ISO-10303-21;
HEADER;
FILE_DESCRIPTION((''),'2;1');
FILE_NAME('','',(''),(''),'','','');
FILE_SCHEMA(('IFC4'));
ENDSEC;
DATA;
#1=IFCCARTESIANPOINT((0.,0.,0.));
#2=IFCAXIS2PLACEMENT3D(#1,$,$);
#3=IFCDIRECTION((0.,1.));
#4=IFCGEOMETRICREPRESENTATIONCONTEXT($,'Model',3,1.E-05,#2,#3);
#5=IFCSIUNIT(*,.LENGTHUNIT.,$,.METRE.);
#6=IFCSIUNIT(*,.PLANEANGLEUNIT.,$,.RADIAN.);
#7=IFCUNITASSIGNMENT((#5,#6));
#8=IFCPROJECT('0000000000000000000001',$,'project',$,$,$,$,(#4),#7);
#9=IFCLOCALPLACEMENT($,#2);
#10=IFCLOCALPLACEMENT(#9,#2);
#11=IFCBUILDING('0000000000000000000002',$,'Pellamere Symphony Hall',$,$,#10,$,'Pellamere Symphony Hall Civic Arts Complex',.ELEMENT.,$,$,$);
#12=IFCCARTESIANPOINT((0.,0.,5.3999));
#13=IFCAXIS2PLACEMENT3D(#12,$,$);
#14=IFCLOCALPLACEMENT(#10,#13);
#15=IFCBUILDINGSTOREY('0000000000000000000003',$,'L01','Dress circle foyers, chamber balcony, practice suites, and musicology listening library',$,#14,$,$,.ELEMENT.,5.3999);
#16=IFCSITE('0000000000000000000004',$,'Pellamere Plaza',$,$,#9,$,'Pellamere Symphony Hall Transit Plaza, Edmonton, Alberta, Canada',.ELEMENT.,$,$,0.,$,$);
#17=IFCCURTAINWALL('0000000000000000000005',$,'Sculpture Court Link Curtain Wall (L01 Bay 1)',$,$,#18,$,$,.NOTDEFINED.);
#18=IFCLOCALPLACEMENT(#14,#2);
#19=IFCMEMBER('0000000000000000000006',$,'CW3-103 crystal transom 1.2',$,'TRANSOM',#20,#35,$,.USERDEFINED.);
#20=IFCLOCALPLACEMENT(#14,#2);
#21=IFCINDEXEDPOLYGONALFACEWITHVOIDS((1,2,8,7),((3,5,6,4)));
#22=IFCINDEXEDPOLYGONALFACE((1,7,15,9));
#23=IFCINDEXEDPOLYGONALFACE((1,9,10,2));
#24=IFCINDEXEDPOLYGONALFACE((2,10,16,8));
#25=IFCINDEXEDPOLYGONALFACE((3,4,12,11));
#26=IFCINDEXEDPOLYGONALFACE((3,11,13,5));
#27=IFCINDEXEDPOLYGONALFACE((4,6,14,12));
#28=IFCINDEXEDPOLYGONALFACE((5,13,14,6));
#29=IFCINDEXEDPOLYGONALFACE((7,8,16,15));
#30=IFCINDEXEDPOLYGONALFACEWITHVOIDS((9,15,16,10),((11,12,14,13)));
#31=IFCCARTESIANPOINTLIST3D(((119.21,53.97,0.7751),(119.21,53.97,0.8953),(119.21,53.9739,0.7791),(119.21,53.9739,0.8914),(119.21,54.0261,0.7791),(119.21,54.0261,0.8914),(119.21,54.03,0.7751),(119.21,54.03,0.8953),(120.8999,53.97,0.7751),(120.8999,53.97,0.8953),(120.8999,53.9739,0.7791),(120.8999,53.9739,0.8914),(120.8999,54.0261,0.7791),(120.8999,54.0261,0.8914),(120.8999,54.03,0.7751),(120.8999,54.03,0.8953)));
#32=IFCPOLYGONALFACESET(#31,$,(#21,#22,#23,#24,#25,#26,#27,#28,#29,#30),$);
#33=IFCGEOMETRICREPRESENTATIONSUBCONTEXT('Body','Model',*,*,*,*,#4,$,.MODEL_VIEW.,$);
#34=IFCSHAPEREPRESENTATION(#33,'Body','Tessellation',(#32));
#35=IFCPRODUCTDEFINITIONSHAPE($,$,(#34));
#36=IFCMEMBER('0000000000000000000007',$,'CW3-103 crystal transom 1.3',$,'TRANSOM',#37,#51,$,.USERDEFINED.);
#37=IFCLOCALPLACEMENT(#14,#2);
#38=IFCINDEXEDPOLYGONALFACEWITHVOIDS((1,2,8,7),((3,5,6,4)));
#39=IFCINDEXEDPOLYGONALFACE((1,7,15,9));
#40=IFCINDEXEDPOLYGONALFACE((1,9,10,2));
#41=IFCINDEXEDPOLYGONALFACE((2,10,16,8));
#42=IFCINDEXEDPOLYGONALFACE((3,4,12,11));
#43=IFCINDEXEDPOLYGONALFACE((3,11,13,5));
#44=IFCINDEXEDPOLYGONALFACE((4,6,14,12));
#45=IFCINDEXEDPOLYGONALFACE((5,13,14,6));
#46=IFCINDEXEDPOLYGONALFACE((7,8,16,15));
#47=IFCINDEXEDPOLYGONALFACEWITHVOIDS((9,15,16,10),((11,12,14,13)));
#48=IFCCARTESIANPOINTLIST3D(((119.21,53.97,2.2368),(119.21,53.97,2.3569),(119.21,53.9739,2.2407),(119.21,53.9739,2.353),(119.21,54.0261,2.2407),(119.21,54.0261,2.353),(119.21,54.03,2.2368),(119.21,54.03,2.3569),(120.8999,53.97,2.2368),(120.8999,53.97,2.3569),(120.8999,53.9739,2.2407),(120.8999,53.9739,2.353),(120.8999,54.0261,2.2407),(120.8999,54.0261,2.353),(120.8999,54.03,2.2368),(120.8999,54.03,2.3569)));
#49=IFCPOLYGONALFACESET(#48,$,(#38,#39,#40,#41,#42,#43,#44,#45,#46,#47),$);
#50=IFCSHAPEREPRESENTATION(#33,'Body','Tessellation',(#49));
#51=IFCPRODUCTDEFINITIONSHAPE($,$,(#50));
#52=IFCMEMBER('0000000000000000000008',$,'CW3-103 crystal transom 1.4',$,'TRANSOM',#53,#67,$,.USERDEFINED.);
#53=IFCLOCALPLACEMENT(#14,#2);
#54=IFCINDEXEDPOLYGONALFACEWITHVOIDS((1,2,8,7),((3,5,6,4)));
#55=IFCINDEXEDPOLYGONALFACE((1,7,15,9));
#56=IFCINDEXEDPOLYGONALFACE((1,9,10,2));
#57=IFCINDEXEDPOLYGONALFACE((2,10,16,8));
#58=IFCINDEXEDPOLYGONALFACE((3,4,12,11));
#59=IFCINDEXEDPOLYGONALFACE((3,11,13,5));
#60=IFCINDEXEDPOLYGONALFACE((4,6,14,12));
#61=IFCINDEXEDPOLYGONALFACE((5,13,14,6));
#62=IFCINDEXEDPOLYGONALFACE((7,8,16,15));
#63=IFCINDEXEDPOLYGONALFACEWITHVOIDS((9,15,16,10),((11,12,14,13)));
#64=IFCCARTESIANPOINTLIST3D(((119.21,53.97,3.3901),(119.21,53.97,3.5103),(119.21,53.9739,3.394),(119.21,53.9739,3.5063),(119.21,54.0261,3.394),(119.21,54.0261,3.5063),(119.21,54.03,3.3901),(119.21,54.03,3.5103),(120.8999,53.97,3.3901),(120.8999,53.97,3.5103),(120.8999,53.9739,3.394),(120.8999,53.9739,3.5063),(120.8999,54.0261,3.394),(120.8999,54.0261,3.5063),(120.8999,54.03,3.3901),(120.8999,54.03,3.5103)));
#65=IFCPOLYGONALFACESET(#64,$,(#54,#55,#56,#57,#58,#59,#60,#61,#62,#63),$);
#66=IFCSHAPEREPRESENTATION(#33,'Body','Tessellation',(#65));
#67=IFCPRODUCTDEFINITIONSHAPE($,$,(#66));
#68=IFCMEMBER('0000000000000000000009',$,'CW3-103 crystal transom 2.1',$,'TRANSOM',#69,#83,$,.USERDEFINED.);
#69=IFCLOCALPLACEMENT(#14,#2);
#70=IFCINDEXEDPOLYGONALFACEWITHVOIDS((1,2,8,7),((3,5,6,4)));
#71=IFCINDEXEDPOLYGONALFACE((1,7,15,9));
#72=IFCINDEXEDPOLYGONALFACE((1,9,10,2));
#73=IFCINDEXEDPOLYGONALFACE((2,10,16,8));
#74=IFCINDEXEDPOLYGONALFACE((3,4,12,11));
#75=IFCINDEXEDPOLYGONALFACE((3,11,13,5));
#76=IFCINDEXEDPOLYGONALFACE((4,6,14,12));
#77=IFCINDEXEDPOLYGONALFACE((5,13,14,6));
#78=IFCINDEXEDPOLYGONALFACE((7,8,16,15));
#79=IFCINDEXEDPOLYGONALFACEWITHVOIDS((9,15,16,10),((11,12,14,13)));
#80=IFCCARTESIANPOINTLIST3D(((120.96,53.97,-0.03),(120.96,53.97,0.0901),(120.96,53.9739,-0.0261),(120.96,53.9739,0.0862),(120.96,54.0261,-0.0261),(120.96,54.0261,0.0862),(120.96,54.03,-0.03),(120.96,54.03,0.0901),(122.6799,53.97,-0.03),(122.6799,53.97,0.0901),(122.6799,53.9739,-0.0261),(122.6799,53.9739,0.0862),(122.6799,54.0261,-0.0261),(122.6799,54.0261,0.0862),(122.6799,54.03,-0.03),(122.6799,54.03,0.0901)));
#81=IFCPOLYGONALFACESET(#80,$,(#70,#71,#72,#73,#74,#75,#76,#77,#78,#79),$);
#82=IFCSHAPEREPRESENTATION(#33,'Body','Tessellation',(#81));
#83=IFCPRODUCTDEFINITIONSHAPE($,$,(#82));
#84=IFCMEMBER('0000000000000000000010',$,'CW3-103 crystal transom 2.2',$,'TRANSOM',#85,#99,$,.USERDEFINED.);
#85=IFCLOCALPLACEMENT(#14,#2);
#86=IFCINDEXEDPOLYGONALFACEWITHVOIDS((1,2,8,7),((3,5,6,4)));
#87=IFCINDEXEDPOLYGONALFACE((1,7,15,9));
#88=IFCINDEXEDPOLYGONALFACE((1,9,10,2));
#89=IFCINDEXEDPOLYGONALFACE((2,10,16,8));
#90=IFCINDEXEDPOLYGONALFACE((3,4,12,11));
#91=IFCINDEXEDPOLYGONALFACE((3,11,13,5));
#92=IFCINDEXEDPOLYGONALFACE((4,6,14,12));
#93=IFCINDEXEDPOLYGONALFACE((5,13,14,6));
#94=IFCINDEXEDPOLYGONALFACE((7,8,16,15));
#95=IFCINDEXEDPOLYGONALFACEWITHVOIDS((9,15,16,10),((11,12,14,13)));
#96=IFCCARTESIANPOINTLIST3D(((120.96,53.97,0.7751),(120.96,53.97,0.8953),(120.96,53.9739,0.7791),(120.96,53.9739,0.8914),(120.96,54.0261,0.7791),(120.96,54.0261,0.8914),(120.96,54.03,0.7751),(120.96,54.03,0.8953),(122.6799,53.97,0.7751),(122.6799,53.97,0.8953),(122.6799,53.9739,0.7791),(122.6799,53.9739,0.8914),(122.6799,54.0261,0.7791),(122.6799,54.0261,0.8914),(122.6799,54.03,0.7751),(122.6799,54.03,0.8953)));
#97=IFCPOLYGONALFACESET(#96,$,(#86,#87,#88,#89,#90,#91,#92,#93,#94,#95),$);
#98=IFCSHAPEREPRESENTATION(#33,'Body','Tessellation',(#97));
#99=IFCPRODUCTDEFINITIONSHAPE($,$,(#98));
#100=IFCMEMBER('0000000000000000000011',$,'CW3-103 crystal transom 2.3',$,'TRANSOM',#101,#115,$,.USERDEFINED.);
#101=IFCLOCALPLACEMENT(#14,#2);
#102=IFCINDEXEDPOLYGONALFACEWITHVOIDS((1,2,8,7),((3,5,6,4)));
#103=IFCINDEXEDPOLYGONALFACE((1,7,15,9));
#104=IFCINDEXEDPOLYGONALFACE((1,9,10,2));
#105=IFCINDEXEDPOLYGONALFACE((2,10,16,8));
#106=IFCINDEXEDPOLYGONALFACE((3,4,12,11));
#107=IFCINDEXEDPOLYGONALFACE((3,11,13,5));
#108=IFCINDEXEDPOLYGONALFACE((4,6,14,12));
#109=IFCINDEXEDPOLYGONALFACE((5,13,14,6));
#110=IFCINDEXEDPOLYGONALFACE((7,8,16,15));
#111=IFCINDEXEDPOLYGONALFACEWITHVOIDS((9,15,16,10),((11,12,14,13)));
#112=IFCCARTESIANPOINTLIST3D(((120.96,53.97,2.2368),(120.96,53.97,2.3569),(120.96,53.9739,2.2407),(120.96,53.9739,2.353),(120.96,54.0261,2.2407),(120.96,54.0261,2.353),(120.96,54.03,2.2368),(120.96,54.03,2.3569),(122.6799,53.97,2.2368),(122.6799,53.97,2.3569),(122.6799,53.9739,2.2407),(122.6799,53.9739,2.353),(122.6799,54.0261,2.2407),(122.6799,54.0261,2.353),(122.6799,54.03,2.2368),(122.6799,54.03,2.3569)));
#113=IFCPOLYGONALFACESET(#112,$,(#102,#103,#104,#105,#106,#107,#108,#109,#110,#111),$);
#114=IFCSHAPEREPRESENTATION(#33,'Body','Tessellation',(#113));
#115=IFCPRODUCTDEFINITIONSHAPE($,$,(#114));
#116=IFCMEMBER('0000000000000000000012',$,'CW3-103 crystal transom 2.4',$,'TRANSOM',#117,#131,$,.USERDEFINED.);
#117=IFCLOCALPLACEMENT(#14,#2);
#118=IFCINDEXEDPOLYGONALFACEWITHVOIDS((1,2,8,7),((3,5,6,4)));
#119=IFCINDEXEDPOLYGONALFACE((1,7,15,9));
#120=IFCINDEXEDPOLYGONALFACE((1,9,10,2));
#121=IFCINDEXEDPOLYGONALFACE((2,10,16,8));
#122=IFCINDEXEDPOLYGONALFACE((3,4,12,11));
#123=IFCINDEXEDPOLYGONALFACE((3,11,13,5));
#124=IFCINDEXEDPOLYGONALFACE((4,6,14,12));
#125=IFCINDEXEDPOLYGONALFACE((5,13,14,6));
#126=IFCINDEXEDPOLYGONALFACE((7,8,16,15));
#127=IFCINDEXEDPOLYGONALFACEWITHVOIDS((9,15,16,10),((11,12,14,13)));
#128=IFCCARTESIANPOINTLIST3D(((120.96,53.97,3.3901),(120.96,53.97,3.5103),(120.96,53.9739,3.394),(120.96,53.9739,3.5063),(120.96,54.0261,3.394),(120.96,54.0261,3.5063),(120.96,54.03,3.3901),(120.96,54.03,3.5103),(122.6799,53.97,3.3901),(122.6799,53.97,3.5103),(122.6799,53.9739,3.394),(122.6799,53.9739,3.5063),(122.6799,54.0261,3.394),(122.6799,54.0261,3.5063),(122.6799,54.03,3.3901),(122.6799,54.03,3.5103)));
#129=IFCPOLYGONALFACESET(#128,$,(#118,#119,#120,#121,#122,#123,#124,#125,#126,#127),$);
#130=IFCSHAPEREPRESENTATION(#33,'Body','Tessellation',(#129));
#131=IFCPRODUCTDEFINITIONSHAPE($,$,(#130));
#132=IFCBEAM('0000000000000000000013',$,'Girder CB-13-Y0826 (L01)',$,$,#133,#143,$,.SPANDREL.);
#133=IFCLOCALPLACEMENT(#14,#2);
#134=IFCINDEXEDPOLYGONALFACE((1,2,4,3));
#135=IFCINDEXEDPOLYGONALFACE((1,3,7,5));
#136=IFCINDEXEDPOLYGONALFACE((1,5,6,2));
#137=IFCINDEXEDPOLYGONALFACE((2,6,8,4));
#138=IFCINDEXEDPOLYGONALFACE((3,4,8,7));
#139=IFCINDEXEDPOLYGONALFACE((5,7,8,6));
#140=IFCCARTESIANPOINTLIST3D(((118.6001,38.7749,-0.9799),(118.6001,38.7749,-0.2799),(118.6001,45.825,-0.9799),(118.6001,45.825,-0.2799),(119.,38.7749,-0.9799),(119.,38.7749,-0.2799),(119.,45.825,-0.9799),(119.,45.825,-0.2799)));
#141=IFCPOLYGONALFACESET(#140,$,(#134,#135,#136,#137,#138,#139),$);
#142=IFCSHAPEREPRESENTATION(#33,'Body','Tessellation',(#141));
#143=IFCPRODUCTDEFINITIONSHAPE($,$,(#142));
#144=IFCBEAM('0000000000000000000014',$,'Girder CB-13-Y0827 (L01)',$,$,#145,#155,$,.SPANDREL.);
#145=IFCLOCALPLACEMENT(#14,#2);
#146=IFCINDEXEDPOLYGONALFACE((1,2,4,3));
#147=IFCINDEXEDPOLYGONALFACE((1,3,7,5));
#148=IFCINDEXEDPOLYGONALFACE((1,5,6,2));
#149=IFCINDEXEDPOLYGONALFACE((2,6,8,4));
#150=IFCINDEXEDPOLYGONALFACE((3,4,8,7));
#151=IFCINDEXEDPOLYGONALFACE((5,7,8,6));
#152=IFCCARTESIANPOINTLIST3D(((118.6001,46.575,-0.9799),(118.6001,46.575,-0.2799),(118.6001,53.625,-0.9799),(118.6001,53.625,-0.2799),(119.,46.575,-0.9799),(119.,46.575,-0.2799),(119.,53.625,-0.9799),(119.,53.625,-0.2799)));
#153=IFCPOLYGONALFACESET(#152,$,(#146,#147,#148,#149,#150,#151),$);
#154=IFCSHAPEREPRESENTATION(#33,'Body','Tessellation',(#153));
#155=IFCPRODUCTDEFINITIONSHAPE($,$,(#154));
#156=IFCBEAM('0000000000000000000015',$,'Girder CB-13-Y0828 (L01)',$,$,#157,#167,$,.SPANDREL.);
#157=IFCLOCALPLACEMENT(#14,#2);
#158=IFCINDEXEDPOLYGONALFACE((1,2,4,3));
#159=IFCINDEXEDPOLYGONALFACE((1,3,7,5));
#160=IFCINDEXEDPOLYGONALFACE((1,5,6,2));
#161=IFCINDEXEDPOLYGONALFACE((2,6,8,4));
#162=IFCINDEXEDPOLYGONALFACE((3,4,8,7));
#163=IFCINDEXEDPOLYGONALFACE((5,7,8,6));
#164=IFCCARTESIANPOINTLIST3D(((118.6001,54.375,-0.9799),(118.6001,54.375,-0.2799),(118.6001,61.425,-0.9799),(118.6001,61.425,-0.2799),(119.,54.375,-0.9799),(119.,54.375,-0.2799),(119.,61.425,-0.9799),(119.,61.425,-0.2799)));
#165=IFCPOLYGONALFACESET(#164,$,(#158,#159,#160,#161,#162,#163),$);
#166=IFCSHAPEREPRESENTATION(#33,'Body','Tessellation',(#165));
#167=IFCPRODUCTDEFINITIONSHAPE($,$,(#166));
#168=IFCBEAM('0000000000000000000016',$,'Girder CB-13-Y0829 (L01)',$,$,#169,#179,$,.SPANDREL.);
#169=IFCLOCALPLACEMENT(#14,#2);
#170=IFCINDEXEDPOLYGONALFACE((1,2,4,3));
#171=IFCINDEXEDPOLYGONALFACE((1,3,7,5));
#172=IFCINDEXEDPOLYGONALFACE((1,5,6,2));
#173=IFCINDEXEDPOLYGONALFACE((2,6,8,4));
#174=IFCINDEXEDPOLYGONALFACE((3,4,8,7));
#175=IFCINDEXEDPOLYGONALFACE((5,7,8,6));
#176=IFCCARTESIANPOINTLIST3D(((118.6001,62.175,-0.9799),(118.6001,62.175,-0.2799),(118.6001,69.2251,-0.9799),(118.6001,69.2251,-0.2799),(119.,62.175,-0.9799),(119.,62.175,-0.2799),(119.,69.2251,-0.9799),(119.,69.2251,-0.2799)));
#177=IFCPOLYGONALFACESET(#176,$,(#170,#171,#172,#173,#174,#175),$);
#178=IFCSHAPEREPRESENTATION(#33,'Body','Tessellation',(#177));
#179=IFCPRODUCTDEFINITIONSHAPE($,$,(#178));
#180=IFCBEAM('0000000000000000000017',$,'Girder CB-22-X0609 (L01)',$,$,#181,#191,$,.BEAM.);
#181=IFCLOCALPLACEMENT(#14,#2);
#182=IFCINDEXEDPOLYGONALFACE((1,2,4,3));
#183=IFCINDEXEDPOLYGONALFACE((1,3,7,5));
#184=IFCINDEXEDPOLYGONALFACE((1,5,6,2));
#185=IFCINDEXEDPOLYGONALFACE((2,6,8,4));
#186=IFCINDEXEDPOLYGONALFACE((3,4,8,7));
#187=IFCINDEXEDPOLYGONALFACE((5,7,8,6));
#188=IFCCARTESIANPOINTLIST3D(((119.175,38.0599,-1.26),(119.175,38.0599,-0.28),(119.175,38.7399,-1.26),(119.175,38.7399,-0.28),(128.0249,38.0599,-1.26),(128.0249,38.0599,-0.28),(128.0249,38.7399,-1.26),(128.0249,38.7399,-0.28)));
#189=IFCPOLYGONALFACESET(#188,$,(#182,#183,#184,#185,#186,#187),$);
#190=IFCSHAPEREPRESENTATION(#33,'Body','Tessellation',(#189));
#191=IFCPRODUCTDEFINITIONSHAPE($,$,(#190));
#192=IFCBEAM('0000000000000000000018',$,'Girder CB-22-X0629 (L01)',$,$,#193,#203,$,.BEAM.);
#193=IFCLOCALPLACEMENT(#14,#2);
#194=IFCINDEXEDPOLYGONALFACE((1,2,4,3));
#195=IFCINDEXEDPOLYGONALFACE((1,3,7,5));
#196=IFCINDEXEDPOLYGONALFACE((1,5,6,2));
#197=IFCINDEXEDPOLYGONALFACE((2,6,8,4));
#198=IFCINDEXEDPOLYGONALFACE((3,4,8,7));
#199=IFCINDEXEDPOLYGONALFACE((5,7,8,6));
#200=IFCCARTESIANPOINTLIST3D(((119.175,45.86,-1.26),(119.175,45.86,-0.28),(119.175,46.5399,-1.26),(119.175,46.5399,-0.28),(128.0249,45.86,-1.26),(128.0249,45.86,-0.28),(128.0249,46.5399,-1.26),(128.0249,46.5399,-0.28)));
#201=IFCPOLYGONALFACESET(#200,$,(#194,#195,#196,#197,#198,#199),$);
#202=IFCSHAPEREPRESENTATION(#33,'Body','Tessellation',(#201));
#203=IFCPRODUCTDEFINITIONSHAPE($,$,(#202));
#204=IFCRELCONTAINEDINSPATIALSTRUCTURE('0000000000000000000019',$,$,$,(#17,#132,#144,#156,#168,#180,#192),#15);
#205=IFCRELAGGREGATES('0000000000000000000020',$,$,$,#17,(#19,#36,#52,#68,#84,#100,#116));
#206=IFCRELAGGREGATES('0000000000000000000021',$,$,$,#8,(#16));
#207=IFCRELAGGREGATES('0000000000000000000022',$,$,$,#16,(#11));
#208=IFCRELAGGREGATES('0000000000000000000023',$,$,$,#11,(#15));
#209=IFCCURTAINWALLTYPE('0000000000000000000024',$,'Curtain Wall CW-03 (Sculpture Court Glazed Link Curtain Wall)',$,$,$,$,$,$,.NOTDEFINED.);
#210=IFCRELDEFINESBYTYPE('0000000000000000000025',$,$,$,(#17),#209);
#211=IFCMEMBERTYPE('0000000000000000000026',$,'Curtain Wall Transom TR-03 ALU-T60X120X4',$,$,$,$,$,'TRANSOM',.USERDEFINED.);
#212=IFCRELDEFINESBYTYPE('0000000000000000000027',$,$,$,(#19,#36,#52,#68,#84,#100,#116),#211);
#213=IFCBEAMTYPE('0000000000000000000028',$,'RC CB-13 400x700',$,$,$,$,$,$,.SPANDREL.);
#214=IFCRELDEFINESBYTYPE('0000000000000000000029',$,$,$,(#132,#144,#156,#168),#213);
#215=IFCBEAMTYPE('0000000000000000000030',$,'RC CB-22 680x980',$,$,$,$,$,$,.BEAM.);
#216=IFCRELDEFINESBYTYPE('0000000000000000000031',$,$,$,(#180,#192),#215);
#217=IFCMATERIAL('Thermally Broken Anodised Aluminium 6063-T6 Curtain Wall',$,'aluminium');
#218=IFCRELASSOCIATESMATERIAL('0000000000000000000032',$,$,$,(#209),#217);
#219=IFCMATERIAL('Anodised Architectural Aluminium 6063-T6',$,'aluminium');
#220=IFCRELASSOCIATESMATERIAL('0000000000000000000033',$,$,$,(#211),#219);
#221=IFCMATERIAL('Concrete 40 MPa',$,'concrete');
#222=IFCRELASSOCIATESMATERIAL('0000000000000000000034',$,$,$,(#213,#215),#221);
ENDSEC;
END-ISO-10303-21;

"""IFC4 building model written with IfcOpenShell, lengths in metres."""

from ifc_helpers import new_model, si_unit, direction, frame, origin, origin_2d, place, context, subcontext, project, spatial, rectangle, hollow_rectangle, extrude, material, material_profile, profile_set, type_object, element, aggregate, save


model = new_model("IFC4")

# Units and contexts
model_context = context("Model", 3, precision=1e-05, world=origin(), true_north=direction((0.0, 1.0)))
body_context = subcontext(model_context, "Body", "Model", "MODEL_VIEW")
ifc_project = project(units=[si_unit("LENGTHUNIT", "METRE"), si_unit("PLANEANGLEUNIT", "RADIAN")], contexts=[model_context])

# Site, building, storey
site_placement = place(None, origin())
site = spatial("IfcSite", under=ifc_project, at=site_placement, Name="Pellamere Plaza", LongName="Pellamere Symphony Hall Transit Plaza, Edmonton, Alberta, Canada", CompositionType="ELEMENT", RefElevation=0.0)
building_placement = place(site_placement, origin())
building = spatial("IfcBuilding", under=site, at=building_placement, Name="Pellamere Symphony Hall", LongName="Pellamere Symphony Hall Civic Arts Complex", CompositionType="ELEMENT")
storey_placement = place(building_placement, frame((0.0, 0.0, 5.3999)))
storey = spatial("IfcBuildingStorey", under=building, at=storey_placement, Name="L01", Description="Dress circle foyers, chamber balcony, practice suites, and musicology listening library", CompositionType="ELEMENT", Elevation=5.3999)

# Shared definitions
ifc_material_1 = material(Name="Concrete 40 MPa", Category="concrete")

# Shared definitions
ifc_material_2 = material(Name="Thermally Broken Anodised Aluminium 6063-T6 Curtain Wall", Category="aluminium")
ifc_material_3 = material(Name="Anodised Architectural Aluminium 6063-T6", Category="aluminium")

# Curtain wall
curtain_wall_type_1 = type_object("IfcCurtainWallType", Name="Curtain Wall CW-03 (Sculpture Court Glazed Link Curtain Wall)", PredefinedType="NOTDEFINED", material=ifc_material_2)
curtain_wall_1_placement = place(storey_placement, origin())
curtain_wall_1 = element("IfcCurtainWall", 1, at=curtain_wall_1_placement, inside=storey, type_object=curtain_wall_type_1, Name="Sculpture Court Link Curtain Wall (L01 Bay 1)", PredefinedType="NOTDEFINED")

# Members
ifc_material_profile_1 = material_profile(ifc_material_3, hollow_rectangle(XDim=0.0601, YDim=0.1201, WallThickness=0.0039, at=origin_2d()), Name="ALU-T60X120X4")
ifc_profile_set_1 = profile_set([ifc_material_profile_1], Name="Anodised Architectural Aluminium 6063-T6")
member_type_1 = type_object("IfcMemberType", Name="Curtain Wall Transom TR-03 ALU-T60X120X4", ElementType="TRANSOM", PredefinedType="USERDEFINED", material=ifc_profile_set_1)
member_1_placement = place(storey_placement, frame((119.21, 54.0, 0.8352), z_axis=(1.0, 0.0, 0.0), x_axis=(0.0, 1.0, 0.0)))
member_1 = element("IfcMember", 2, at=member_1_placement, type_object=member_type_1, Name="CW3-103 crystal transom 1.2", ObjectType="TRANSOM", PredefinedType="USERDEFINED", context=body_context, shape_type="SweptSolid", body=[
    extrude(hollow_rectangle(XDim=0.0601, YDim=0.1201, WallThickness=0.0039, at=origin_2d()), origin(), (0.0, 0.0, 1.0), 1.6899),
])
member_2_placement = place(storey_placement, frame((119.21, 54.0, 2.2969), z_axis=(1.0, 0.0, 0.0), x_axis=(0.0, 1.0, 0.0)))
member_2 = element("IfcMember", 3, at=member_2_placement, type_object=member_type_1, Name="CW3-103 crystal transom 1.3", ObjectType="TRANSOM", PredefinedType="USERDEFINED", context=body_context, shape_type="SweptSolid", body=[
    extrude(hollow_rectangle(XDim=0.0601, YDim=0.1201, WallThickness=0.0039, at=origin_2d()), origin(), (0.0, 0.0, 1.0), 1.6899),
])
member_3_placement = place(storey_placement, frame((119.21, 54.0, 3.4502), z_axis=(1.0, 0.0, 0.0), x_axis=(0.0, 1.0, 0.0)))
member_3 = element("IfcMember", 4, at=member_3_placement, type_object=member_type_1, Name="CW3-103 crystal transom 1.4", ObjectType="TRANSOM", PredefinedType="USERDEFINED", context=body_context, shape_type="SweptSolid", body=[
    extrude(hollow_rectangle(XDim=0.0601, YDim=0.1201, WallThickness=0.0039, at=origin_2d()), origin(), (0.0, 0.0, 1.0), 1.6899),
])
member_4_placement = place(storey_placement, frame((120.96, 54.0, 0.03), z_axis=(1.0, 0.0, 0.0), x_axis=(0.0, 1.0, 0.0)))
member_4 = element("IfcMember", 5, at=member_4_placement, type_object=member_type_1, Name="CW3-103 crystal transom 2.1", ObjectType="TRANSOM", PredefinedType="USERDEFINED", context=body_context, shape_type="SweptSolid", body=[
    extrude(hollow_rectangle(XDim=0.0601, YDim=0.1201, WallThickness=0.0039, at=origin_2d()), origin(), (0.0, 0.0, 1.0), 1.72),
])
member_5_placement = place(storey_placement, frame((120.96, 54.0, 0.8352), z_axis=(1.0, 0.0, 0.0), x_axis=(0.0, 1.0, 0.0)))
member_5 = element("IfcMember", 6, at=member_5_placement, type_object=member_type_1, Name="CW3-103 crystal transom 2.2", ObjectType="TRANSOM", PredefinedType="USERDEFINED", context=body_context, shape_type="SweptSolid", body=[
    extrude(hollow_rectangle(XDim=0.0601, YDim=0.1201, WallThickness=0.0039, at=origin_2d()), origin(), (0.0, 0.0, 1.0), 1.72),
])
member_6_placement = place(storey_placement, frame((120.96, 54.0, 2.2969), z_axis=(1.0, 0.0, 0.0), x_axis=(0.0, 1.0, 0.0)))
member_6 = element("IfcMember", 7, at=member_6_placement, type_object=member_type_1, Name="CW3-103 crystal transom 2.3", ObjectType="TRANSOM", PredefinedType="USERDEFINED", context=body_context, shape_type="SweptSolid", body=[
    extrude(hollow_rectangle(XDim=0.0601, YDim=0.1201, WallThickness=0.0039, at=origin_2d()), origin(), (0.0, 0.0, 1.0), 1.72),
])
member_7_placement = place(storey_placement, frame((120.96, 54.0, 3.4502), z_axis=(1.0, 0.0, 0.0), x_axis=(0.0, 1.0, 0.0)))
member_7 = element("IfcMember", 8, at=member_7_placement, type_object=member_type_1, Name="CW3-103 crystal transom 2.4", ObjectType="TRANSOM", PredefinedType="USERDEFINED", context=body_context, shape_type="SweptSolid", body=[
    extrude(hollow_rectangle(XDim=0.0601, YDim=0.1201, WallThickness=0.0039, at=origin_2d()), origin(), (0.0, 0.0, 1.0), 1.72),
])

# Beams
ifc_material_profile_2 = material_profile(ifc_material_1, rectangle(XDim=0.3999, YDim=0.7, at=origin_2d()), Name="RC 400x700")
ifc_profile_set_2 = profile_set([ifc_material_profile_2], Name="Concrete 40 MPa")
beam_type_1 = type_object("IfcBeamType", Name="RC CB-13 400x700", PredefinedType="SPANDREL", material=ifc_profile_set_2)
for number, where, z_axis, x_axis, name in (
    (9, (118.8, 38.7749, -0.6299), (0.0, 1.0, 0.0), (-1.0, 0.0, 0.0), "Girder CB-13-Y0826 (L01)"),
    (10, (118.8, 46.575, -0.6299), (0.0, 1.0, 0.0), (-1.0, 0.0, 0.0), "Girder CB-13-Y0827 (L01)"),
    (11, (118.8, 54.375, -0.6299), (0.0, 1.0, 0.0), (-1.0, 0.0, 0.0), "Girder CB-13-Y0828 (L01)"),
    (12, (118.8, 62.175, -0.6299), (0.0, 1.0, 0.0), (-1.0, 0.0, 0.0), "Girder CB-13-Y0829 (L01)"),
):
    element("IfcBeam", number, at=place(storey_placement, frame(where, z_axis=z_axis, x_axis=x_axis)), inside=storey, type_object=beam_type_1, Name=name, PredefinedType="SPANDREL", context=body_context, shape_type="SweptSolid", body=[
        extrude(rectangle(XDim=0.3999, YDim=0.7, at=origin_2d()), origin(), (0.0, 0.0, 1.0), 7.05),
    ])
ifc_material_profile_3 = material_profile(ifc_material_1, rectangle(XDim=0.6799, YDim=0.98, at=origin_2d()), Name="RC 680x980")
ifc_profile_set_3 = profile_set([ifc_material_profile_3], Name="Concrete 40 MPa")
beam_type_2 = type_object("IfcBeamType", Name="RC CB-22 680x980", PredefinedType="BEAM", material=ifc_profile_set_3)
for number, where, z_axis, x_axis, name in (
    (13, (119.175, 38.3999, -0.77), (1.0, 0.0, 0.0), (0.0, 1.0, 0.0), "Girder CB-22-X0609 (L01)"),
    (14, (119.175, 46.2, -0.77), (1.0, 0.0, 0.0), (0.0, 1.0, 0.0), "Girder CB-22-X0629 (L01)"),
):
    element("IfcBeam", number, at=place(storey_placement, frame(where, z_axis=z_axis, x_axis=x_axis)), inside=storey, type_object=beam_type_2, Name=name, PredefinedType="BEAM", context=body_context, shape_type="SweptSolid", body=[
        extrude(rectangle(XDim=0.6799, YDim=0.98, at=origin_2d()), origin(), (0.0, 0.0, 1.0), 8.8499),
    ])

aggregate(curtain_wall_1, [member_1, member_2, member_3, member_4, member_5, member_6, member_7])

save(model, "model.ifc")
